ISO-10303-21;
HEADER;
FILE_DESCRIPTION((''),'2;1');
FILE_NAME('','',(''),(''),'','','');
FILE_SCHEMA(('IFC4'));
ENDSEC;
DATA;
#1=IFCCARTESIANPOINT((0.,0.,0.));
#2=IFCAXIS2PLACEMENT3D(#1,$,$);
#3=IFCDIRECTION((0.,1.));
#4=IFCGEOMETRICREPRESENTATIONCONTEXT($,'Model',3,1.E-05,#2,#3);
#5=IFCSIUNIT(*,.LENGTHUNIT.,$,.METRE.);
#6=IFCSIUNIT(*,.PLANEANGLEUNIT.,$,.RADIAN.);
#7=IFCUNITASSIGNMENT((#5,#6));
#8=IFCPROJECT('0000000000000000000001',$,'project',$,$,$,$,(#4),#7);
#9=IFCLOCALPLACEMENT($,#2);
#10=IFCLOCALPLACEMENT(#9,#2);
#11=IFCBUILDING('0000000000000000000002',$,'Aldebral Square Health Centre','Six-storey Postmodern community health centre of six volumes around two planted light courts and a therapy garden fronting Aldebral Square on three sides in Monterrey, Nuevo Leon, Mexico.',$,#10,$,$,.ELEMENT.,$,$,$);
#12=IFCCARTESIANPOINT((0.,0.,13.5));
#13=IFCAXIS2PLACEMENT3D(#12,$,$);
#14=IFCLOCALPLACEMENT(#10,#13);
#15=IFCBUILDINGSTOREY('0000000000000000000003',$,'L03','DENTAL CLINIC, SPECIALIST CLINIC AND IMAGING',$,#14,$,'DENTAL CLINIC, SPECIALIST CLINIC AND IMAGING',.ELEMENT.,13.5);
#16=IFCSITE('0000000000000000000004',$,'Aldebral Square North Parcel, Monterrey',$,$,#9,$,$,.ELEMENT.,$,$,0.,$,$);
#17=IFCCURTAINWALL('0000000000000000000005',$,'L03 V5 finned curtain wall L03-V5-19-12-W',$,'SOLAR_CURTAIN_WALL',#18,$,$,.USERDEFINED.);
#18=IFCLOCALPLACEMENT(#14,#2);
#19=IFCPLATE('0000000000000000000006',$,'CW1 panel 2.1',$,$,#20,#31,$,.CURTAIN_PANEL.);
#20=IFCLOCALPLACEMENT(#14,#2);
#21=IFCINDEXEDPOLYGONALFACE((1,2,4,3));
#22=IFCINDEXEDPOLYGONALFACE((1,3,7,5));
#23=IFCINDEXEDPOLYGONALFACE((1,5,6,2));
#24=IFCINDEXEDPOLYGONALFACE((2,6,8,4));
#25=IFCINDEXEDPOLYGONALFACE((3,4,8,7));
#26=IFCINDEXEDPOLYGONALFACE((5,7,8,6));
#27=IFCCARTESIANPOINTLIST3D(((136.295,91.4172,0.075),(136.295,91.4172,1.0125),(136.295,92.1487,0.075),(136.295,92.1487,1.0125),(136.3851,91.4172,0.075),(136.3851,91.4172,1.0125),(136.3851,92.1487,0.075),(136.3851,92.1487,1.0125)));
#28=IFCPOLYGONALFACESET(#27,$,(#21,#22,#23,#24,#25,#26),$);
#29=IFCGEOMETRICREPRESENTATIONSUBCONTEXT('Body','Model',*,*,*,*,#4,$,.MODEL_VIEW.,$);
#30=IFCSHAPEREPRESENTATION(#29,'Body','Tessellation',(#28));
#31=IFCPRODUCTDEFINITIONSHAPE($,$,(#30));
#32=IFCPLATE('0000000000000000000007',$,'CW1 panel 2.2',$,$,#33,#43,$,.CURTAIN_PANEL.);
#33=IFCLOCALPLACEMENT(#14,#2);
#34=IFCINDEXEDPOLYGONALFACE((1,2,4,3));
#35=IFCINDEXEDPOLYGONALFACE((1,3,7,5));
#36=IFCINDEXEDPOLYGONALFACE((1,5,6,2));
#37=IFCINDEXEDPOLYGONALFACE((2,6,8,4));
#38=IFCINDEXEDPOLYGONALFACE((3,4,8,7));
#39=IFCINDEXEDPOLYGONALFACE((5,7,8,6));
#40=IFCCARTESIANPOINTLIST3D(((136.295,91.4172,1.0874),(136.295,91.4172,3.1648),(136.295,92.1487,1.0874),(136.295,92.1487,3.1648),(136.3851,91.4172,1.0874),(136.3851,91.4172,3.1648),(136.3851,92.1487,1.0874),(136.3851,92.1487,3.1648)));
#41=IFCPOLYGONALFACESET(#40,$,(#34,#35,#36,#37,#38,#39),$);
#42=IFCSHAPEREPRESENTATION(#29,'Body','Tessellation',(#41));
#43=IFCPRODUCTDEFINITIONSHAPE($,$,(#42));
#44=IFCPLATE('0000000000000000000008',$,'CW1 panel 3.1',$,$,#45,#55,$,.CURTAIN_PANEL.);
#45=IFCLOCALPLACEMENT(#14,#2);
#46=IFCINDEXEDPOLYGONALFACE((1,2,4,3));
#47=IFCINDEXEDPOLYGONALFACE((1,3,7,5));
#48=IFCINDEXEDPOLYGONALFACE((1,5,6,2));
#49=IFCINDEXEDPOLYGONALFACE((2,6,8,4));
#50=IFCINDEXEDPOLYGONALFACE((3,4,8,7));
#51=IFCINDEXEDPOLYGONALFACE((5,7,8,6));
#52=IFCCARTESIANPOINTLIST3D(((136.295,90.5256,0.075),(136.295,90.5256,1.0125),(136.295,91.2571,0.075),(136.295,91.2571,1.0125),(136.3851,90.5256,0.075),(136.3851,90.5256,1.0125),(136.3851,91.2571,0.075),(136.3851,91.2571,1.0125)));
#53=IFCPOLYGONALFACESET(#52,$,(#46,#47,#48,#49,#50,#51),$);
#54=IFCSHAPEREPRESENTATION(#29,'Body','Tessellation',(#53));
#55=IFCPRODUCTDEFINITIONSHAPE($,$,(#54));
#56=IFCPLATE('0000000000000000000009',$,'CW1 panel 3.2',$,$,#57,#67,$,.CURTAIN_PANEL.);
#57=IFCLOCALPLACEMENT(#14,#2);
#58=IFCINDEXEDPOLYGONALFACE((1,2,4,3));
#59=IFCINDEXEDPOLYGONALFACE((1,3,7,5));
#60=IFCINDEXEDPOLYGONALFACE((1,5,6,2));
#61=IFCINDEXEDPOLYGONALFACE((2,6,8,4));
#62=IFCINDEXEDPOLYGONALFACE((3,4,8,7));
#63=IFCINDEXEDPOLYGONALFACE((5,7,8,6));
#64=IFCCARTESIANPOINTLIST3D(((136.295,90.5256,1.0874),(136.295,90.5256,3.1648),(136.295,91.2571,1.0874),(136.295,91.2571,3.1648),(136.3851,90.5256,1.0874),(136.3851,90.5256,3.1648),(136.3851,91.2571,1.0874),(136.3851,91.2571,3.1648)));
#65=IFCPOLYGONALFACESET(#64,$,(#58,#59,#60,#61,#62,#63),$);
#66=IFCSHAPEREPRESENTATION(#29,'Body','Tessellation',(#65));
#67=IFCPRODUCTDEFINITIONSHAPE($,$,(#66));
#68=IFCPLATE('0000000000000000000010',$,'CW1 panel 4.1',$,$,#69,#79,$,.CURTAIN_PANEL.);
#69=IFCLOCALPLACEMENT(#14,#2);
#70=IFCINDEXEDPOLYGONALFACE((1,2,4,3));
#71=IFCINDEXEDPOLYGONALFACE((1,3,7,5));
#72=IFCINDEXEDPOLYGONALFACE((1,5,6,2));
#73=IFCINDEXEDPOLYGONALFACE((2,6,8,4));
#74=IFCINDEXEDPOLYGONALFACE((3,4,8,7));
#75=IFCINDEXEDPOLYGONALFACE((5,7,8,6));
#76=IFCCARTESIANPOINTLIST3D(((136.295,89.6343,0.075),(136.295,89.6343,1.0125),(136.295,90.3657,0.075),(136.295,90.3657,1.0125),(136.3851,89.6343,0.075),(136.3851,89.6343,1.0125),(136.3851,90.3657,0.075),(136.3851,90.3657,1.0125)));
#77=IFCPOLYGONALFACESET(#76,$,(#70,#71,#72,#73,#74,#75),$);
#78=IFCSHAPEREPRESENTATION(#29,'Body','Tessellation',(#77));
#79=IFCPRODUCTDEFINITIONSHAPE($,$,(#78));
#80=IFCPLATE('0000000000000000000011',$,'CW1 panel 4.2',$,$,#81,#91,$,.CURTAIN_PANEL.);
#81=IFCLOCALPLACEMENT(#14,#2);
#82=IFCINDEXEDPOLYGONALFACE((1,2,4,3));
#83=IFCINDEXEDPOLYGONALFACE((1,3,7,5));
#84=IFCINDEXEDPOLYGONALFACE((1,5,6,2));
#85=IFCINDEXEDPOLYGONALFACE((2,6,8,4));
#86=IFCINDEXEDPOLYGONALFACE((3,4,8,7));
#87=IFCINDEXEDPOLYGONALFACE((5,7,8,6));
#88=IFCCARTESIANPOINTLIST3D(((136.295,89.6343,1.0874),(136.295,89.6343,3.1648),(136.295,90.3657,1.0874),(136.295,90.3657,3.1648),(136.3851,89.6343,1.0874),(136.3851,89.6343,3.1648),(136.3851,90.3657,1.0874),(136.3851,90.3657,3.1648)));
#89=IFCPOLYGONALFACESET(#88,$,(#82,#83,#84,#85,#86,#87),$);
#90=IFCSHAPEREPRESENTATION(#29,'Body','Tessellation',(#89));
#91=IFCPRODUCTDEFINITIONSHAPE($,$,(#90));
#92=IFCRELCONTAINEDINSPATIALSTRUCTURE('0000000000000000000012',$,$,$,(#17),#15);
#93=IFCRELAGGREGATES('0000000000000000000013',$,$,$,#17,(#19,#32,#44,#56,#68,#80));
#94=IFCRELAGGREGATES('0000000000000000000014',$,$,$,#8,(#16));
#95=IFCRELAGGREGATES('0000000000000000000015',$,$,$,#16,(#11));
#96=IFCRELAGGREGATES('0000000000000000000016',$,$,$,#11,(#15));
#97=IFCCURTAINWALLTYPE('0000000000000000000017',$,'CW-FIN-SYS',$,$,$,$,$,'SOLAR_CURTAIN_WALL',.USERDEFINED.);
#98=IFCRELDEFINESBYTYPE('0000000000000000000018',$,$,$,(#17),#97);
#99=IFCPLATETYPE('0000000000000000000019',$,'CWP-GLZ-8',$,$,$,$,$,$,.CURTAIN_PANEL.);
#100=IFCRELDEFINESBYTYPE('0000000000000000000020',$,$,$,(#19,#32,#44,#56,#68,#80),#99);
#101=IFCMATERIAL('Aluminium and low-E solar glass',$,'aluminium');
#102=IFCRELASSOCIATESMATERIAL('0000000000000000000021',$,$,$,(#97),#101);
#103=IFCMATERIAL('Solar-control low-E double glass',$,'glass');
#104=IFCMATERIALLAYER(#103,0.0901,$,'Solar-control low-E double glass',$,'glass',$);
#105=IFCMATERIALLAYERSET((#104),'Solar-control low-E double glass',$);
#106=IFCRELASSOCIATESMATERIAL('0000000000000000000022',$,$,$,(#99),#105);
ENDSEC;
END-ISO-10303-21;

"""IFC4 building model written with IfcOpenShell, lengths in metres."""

from ifc_helpers import new_model, si_unit, direction, frame, origin, origin_2d, place, context, subcontext, project, spatial, rectangle, extrude, material, layer, layer_set, type_object, element, aggregate, save


model = new_model("IFC4")

# Units and contexts
model_context = context("Model", 3, precision=1e-05, world=origin(), true_north=direction((0.0, 1.0)))
body_context = subcontext(model_context, "Body", "Model", "MODEL_VIEW")
ifc_project = project(units=[si_unit("LENGTHUNIT", "METRE"), si_unit("PLANEANGLEUNIT", "RADIAN")], contexts=[model_context])

# Site, building, storey
site_placement = place(None, origin())
site = spatial("IfcSite", under=ifc_project, at=site_placement, Name="Aldebral Square North Parcel, Monterrey", CompositionType="ELEMENT", RefElevation=0.0)
building_placement = place(site_placement, origin())
building = spatial("IfcBuilding", under=site, at=building_placement, Name="Aldebral Square Health Centre", Description="Six-storey Postmodern community health centre of six volumes around two planted light courts and a therapy garden fronting Aldebral Square on three sides in Monterrey, Nuevo Leon, Mexico.", CompositionType="ELEMENT")
storey_placement = place(building_placement, frame((0.0, 0.0, 13.5)))
storey = spatial("IfcBuildingStorey", under=building, at=storey_placement, Name="L03", Description="DENTAL CLINIC, SPECIALIST CLINIC AND IMAGING", LongName="DENTAL CLINIC, SPECIALIST CLINIC AND IMAGING", CompositionType="ELEMENT", Elevation=13.5)

# Curtain wall, plates
ifc_material_1 = material(Name="Aluminium and low-E solar glass", Category="aluminium")
curtain_wall_type = type_object("IfcCurtainWallType", Name="CW-FIN-SYS", ElementType="SOLAR_CURTAIN_WALL", PredefinedType="USERDEFINED", material=ifc_material_1)
curtain_wall_placement = place(storey_placement, origin())
curtain_wall = element("IfcCurtainWall", 1, at=curtain_wall_placement, inside=storey, type_object=curtain_wall_type, Name="L03 V5 finned curtain wall L03-V5-19-12-W", ObjectType="SOLAR_CURTAIN_WALL", PredefinedType="USERDEFINED")
ifc_material_2 = material(Name="Solar-control low-E double glass", Category="glass")
ifc_layer = layer(ifc_material_2, 0.0901, Name="Solar-control low-E double glass", Category="glass")
ifc_layer_set = layer_set([ifc_layer], Name="Solar-control low-E double glass")
plate_type = type_object("IfcPlateType", Name="CWP-GLZ-8", PredefinedType="CURTAIN_PANEL", material=ifc_layer_set)
plate_1_placement = place(storey_placement, frame((136.3401, 91.783, 0.075), z_axis=(0.0, 0.0, 1.0), x_axis=(0.0, -1.0, 0.0)))
plate_1 = element("IfcPlate", 2, at=plate_1_placement, type_object=plate_type, Name="CW1 panel 2.1", PredefinedType="CURTAIN_PANEL", context=body_context, shape_type="SweptSolid", body=[
    extrude(rectangle(XDim=0.7314, YDim=0.0901, at=origin_2d()), origin(), (0.0, 0.0, 1.0), 0.9375),
])
plate_2_placement = place(storey_placement, frame((136.3401, 91.783, 1.0874), z_axis=(0.0, 0.0, 1.0), x_axis=(0.0, -1.0, 0.0)))
plate_2 = element("IfcPlate", 3, at=plate_2_placement, type_object=plate_type, Name="CW1 panel 2.2", PredefinedType="CURTAIN_PANEL", context=body_context, shape_type="SweptSolid", body=[
    extrude(rectangle(XDim=0.7314, YDim=0.0901, at=origin_2d()), origin(), (0.0, 0.0, 1.0), 2.0774),
])
plate_3_placement = place(storey_placement, frame((136.3401, 90.8914, 0.075), z_axis=(0.0, 0.0, 1.0), x_axis=(0.0, -1.0, 0.0)))
plate_3 = element("IfcPlate", 4, at=plate_3_placement, type_object=plate_type, Name="CW1 panel 3.1", PredefinedType="CURTAIN_PANEL", context=body_context, shape_type="SweptSolid", body=[
    extrude(rectangle(XDim=0.7314, YDim=0.0901, at=origin_2d()), origin(), (0.0, 0.0, 1.0), 0.9375),
])
plate_4_placement = place(storey_placement, frame((136.3401, 90.8914, 1.0874), z_axis=(0.0, 0.0, 1.0), x_axis=(0.0, -1.0, 0.0)))
plate_4 = element("IfcPlate", 5, at=plate_4_placement, type_object=plate_type, Name="CW1 panel 3.2", PredefinedType="CURTAIN_PANEL", context=body_context, shape_type="SweptSolid", body=[
    extrude(rectangle(XDim=0.7314, YDim=0.0901, at=origin_2d()), origin(), (0.0, 0.0, 1.0), 2.0774),
])
plate_5_placement = place(storey_placement, frame((136.3401, 90.0, 0.075), z_axis=(0.0, 0.0, 1.0), x_axis=(0.0, -1.0, 0.0)))
plate_5 = element("IfcPlate", 6, at=plate_5_placement, type_object=plate_type, Name="CW1 panel 4.1", PredefinedType="CURTAIN_PANEL", context=body_context, shape_type="SweptSolid", body=[
    extrude(rectangle(XDim=0.7314, YDim=0.0901, at=origin_2d()), origin(), (0.0, 0.0, 1.0), 0.9375),
])
plate_6_placement = place(storey_placement, frame((136.3401, 90.0, 1.0874), z_axis=(0.0, 0.0, 1.0), x_axis=(0.0, -1.0, 0.0)))
plate_6 = element("IfcPlate", 7, at=plate_6_placement, type_object=plate_type, Name="CW1 panel 4.2", PredefinedType="CURTAIN_PANEL", context=body_context, shape_type="SweptSolid", body=[
    extrude(rectangle(XDim=0.7314, YDim=0.0901, at=origin_2d()), origin(), (0.0, 0.0, 1.0), 2.0774),
])
aggregate(curtain_wall, [plate_1, plate_2, plate_3, plate_4, plate_5, plate_6])

save(model, "model.ifc")
